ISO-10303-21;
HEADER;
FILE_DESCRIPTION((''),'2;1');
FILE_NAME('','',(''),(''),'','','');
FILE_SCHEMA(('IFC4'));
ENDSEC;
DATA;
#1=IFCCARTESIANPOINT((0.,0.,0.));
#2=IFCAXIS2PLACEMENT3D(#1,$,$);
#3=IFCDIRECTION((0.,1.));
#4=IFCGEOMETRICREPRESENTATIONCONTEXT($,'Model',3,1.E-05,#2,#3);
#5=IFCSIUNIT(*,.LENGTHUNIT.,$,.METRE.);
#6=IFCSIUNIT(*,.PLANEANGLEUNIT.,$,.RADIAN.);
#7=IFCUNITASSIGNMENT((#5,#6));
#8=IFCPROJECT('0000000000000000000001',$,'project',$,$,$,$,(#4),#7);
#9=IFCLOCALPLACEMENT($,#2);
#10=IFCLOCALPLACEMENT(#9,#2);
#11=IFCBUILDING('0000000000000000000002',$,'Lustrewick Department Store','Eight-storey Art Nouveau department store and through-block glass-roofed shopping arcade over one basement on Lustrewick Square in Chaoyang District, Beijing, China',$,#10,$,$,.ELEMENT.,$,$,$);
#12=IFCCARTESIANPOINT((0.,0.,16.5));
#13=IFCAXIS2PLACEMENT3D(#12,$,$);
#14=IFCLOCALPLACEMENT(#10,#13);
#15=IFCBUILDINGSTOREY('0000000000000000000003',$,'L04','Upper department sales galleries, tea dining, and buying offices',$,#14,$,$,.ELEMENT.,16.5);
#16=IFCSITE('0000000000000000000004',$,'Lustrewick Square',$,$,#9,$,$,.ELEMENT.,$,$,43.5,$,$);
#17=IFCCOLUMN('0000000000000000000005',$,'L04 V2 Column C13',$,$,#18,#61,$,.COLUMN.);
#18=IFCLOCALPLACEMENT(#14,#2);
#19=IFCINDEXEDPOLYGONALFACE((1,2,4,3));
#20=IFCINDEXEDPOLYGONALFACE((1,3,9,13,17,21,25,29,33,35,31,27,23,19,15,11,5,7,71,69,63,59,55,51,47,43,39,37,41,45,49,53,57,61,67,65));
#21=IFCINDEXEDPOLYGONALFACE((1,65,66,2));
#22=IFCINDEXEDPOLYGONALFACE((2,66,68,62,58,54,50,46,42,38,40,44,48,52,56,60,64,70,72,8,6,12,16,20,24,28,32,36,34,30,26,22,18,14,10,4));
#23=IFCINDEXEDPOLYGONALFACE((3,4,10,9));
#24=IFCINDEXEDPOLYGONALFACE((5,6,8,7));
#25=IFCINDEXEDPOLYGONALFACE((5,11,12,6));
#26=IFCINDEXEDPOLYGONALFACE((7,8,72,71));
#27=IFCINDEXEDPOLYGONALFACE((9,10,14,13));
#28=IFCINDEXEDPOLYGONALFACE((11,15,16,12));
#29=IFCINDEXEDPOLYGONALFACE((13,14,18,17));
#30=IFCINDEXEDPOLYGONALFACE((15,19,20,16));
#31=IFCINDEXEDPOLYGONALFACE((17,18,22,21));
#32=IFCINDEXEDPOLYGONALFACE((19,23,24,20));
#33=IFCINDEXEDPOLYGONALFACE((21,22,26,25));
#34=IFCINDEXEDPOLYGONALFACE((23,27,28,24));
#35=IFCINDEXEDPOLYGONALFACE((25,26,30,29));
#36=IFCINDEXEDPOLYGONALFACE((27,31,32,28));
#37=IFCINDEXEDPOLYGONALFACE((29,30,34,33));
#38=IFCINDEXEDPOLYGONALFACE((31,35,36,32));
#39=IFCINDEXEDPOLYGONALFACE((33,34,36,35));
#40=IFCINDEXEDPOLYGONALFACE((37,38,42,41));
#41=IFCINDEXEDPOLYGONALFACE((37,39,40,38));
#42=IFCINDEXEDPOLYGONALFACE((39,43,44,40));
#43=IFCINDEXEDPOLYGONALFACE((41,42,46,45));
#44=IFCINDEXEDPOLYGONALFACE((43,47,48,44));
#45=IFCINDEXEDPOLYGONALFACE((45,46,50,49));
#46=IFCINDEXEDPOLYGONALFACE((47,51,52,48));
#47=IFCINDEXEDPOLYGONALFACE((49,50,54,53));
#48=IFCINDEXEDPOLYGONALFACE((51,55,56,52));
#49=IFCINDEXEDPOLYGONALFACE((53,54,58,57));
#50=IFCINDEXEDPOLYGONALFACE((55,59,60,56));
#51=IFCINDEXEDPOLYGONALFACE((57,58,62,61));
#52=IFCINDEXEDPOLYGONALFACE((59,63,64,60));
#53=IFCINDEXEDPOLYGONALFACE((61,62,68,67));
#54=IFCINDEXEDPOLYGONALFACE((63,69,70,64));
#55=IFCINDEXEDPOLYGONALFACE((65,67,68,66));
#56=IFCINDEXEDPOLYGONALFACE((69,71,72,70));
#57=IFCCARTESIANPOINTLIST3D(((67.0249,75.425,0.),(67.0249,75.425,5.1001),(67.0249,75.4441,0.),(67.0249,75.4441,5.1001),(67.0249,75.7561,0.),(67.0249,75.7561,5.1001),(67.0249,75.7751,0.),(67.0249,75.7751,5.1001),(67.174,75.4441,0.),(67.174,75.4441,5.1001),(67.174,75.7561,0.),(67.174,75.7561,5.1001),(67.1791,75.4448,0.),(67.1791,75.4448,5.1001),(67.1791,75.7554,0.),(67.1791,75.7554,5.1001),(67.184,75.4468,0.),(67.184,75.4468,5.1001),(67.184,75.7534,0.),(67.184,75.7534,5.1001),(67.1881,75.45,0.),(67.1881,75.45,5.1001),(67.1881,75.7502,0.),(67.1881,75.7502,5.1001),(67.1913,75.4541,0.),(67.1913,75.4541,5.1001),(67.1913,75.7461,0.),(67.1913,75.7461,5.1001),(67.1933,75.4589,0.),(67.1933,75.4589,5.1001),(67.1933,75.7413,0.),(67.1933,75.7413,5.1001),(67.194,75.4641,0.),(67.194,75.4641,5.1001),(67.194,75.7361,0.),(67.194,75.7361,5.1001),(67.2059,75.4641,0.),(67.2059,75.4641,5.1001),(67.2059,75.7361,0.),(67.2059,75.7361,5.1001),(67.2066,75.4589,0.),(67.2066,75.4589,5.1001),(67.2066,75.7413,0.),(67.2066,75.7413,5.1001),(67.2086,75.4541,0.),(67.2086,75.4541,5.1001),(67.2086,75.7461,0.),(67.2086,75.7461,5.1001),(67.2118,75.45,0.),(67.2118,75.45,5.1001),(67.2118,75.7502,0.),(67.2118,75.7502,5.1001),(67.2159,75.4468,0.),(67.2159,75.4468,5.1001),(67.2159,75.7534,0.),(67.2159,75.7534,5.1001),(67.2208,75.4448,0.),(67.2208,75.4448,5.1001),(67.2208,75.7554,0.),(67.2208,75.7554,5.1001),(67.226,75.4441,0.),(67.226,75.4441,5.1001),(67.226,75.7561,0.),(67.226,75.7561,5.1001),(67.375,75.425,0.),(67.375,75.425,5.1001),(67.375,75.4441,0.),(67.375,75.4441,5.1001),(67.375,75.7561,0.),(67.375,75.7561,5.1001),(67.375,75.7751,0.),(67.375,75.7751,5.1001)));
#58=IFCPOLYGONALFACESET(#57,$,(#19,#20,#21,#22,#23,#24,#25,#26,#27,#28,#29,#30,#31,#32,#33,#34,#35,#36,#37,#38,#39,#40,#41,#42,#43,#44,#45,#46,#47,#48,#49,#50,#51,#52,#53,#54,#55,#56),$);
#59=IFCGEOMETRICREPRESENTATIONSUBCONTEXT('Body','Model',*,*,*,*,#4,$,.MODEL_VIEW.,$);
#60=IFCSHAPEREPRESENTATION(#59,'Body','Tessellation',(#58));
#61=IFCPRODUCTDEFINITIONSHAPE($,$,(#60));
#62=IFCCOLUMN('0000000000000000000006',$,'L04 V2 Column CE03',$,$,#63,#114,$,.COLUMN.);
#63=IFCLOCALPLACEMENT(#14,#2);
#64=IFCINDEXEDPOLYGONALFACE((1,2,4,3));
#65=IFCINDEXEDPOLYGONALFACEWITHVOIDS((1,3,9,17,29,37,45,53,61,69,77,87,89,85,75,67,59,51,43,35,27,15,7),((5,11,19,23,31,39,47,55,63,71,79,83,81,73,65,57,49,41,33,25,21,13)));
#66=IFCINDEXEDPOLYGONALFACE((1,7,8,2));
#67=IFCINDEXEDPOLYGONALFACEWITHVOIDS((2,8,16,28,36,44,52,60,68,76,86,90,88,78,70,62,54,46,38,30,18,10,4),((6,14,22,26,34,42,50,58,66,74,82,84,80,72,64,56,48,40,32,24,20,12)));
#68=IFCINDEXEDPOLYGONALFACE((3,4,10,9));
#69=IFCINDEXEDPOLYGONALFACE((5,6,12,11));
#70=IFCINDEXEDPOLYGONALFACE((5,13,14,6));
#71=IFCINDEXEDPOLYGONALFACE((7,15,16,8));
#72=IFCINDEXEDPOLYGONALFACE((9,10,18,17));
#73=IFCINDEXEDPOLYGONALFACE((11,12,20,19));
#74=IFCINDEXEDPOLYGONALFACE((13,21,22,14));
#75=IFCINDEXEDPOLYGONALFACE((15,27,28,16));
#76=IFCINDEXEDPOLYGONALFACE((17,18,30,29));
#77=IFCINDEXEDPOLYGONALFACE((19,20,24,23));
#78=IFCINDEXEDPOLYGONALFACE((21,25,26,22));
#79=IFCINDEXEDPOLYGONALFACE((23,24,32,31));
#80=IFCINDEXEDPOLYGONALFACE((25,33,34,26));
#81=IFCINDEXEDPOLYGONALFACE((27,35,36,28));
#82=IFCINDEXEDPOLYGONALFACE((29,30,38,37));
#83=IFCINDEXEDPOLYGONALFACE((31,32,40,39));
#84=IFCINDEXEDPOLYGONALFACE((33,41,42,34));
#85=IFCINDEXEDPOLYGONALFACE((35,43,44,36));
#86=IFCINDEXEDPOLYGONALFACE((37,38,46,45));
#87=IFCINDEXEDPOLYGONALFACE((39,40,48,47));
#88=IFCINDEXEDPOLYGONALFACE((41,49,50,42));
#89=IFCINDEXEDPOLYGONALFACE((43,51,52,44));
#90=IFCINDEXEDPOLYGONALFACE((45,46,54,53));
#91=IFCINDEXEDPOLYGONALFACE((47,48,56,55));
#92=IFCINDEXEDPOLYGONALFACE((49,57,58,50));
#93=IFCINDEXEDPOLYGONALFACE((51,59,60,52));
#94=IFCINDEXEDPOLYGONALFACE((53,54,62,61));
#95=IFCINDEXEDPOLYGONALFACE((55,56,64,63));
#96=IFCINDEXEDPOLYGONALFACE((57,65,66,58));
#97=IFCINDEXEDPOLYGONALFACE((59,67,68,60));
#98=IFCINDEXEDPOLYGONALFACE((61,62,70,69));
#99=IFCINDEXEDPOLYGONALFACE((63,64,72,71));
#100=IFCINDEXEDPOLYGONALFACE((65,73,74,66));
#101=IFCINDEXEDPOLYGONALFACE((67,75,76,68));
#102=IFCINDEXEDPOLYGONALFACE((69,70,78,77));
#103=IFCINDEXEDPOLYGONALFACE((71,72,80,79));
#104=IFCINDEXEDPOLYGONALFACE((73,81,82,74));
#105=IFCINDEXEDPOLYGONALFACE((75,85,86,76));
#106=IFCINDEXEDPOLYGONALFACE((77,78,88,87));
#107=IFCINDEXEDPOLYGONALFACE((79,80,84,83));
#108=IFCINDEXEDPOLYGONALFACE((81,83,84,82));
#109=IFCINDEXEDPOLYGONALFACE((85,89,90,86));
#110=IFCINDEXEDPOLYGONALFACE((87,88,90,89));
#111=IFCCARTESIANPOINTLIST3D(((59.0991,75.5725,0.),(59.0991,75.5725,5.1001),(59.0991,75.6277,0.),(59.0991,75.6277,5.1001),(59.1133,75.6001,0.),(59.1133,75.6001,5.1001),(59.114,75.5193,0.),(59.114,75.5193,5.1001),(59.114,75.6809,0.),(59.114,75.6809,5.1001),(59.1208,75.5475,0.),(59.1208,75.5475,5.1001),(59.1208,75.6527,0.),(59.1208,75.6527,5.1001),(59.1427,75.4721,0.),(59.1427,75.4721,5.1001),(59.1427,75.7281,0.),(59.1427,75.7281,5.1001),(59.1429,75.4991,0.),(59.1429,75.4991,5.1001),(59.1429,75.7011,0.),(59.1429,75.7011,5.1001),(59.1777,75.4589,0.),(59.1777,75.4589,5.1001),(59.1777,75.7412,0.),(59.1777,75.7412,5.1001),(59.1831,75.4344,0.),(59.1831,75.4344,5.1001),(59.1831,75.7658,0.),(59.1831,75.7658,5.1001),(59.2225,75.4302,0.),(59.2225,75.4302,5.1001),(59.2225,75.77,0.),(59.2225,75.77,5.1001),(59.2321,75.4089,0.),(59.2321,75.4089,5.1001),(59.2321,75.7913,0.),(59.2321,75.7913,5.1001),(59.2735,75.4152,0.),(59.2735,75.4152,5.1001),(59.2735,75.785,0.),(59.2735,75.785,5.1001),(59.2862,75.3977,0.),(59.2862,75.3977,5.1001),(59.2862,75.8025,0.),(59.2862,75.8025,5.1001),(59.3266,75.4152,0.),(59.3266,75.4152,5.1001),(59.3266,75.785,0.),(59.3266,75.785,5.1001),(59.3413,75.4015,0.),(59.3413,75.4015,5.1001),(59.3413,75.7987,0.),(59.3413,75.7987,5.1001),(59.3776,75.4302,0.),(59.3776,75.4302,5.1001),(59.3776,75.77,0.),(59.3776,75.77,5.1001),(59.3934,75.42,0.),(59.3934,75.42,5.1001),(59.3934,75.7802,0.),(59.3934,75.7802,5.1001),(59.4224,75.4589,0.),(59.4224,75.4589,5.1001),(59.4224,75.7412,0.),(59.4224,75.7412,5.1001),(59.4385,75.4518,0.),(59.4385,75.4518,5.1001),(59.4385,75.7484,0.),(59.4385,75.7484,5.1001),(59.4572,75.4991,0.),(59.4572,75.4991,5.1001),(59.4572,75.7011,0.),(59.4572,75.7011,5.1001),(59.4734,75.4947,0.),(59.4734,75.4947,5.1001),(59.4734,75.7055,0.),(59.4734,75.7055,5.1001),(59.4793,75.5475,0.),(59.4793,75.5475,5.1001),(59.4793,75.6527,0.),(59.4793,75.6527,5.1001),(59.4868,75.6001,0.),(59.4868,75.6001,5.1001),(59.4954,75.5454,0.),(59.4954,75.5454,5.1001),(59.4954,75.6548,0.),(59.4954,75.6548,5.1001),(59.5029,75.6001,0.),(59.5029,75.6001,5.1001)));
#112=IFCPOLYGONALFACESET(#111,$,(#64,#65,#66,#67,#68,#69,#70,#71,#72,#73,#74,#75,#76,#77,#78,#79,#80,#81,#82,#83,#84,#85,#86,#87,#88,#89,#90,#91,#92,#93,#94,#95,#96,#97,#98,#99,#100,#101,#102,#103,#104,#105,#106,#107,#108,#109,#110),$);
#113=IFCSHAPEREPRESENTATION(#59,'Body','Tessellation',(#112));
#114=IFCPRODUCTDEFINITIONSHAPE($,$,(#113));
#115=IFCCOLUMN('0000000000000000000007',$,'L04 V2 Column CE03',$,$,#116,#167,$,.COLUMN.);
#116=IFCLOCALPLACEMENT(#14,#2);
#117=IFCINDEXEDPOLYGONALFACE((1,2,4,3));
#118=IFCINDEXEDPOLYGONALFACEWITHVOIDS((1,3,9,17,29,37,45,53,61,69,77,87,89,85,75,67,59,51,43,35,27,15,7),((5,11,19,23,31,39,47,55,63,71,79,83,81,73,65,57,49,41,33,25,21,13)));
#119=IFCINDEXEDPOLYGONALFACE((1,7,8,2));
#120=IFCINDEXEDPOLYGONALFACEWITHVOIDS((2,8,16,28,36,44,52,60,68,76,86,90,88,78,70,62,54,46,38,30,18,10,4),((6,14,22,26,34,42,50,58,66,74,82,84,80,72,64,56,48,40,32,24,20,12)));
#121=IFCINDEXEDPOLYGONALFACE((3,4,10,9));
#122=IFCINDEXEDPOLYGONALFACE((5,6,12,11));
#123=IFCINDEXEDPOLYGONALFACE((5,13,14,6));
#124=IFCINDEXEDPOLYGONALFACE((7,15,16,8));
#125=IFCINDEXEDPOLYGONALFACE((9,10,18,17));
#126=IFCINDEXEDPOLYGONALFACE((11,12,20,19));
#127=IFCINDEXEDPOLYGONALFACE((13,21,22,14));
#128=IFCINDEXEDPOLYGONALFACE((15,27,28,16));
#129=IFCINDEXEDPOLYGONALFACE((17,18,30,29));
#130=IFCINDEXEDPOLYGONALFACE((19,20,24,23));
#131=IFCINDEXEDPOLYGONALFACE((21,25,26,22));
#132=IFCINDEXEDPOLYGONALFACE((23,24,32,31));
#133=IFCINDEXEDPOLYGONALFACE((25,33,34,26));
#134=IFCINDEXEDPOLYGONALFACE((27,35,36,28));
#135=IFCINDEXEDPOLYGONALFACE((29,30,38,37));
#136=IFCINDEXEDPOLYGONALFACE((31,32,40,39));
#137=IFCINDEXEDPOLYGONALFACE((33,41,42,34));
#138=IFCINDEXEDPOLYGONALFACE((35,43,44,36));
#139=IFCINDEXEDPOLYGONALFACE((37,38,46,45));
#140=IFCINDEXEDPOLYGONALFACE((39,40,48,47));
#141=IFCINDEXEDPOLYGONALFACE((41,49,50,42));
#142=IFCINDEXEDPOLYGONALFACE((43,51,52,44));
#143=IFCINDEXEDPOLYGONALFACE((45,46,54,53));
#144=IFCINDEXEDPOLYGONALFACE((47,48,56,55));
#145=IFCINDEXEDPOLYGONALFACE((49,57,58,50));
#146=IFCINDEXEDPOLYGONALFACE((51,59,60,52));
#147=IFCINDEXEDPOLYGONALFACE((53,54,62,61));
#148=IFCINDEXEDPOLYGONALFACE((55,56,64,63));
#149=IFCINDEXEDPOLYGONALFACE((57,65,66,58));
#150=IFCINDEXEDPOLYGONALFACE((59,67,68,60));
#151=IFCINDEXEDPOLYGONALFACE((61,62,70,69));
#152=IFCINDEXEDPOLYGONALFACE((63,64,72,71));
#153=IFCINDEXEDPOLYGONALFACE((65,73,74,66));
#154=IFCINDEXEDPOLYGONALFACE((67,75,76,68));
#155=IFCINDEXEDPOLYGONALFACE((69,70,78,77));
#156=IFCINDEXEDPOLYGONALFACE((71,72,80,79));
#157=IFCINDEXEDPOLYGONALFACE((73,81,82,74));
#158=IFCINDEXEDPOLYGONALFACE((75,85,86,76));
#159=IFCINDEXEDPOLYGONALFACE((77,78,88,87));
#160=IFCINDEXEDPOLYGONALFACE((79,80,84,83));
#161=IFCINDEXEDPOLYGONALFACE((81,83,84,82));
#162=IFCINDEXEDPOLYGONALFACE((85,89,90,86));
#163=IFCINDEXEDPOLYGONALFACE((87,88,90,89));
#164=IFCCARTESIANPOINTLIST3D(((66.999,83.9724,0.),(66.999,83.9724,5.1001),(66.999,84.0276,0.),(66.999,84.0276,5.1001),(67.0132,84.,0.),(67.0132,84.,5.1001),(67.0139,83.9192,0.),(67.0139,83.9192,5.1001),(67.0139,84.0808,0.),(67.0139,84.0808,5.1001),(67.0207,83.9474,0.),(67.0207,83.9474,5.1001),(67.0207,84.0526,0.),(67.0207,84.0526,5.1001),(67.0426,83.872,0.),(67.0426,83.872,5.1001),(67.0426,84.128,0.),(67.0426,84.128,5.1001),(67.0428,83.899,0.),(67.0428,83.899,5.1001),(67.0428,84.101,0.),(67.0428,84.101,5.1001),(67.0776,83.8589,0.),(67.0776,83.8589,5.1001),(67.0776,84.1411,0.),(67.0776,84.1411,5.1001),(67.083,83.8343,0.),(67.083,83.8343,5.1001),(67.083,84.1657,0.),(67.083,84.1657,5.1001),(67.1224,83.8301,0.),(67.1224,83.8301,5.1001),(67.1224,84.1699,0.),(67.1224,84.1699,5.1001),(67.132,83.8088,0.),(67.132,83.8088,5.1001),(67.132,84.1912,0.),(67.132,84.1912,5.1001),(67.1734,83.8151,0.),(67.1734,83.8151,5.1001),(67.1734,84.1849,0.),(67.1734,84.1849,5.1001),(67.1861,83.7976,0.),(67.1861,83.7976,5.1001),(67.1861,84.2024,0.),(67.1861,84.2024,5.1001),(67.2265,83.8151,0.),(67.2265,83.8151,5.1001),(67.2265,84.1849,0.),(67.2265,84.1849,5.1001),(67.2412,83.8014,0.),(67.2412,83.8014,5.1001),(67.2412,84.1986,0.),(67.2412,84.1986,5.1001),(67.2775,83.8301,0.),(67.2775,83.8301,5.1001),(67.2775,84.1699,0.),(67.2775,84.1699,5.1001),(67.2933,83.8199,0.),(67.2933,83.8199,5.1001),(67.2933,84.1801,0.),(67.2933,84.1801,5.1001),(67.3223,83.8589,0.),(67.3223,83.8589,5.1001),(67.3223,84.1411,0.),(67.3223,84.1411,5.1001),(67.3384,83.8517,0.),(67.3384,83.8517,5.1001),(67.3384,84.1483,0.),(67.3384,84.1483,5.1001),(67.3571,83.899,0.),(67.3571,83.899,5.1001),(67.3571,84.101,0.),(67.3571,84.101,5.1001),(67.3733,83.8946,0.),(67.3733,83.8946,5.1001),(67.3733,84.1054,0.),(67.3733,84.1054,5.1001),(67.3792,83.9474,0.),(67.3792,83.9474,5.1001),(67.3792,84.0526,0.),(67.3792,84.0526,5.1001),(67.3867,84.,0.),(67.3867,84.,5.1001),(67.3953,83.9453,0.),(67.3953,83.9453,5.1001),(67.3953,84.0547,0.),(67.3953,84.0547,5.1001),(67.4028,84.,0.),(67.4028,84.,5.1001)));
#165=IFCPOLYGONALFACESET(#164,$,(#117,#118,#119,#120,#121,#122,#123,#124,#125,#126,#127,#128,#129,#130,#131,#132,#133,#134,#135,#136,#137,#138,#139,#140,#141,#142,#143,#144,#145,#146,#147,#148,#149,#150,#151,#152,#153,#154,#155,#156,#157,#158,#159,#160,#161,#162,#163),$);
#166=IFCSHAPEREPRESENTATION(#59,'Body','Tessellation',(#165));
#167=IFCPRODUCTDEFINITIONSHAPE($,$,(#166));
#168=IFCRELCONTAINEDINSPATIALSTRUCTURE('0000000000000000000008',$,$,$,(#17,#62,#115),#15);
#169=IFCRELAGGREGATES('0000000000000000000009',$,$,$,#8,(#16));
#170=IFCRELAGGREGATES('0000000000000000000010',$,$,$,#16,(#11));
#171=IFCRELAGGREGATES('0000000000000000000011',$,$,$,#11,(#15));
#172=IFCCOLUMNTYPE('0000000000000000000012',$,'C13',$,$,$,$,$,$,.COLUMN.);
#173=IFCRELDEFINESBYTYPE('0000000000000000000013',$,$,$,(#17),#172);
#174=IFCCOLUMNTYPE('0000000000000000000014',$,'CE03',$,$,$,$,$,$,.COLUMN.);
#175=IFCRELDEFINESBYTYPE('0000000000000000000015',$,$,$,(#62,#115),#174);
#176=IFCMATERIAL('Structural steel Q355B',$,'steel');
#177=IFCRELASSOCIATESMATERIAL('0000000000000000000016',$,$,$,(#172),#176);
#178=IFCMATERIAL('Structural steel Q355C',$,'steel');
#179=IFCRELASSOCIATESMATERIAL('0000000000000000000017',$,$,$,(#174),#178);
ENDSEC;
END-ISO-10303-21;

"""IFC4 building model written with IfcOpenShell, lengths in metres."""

from ifc_helpers import new_model, si_unit, direction, frame, origin, origin_2d, place, context, subcontext, project, spatial, hollow_circle, i_section, extrude, material, material_profile, profile_set, type_object, element, save


model = new_model("IFC4")

# Units and contexts
model_context = context("Model", 3, precision=1e-05, world=origin(), true_north=direction((0.0, 1.0)))
body_context = subcontext(model_context, "Body", "Model", "MODEL_VIEW")
ifc_project = project(units=[si_unit("LENGTHUNIT", "METRE"), si_unit("PLANEANGLEUNIT", "RADIAN")], contexts=[model_context])

# Site, building, storey
site_placement = place(None, origin())
site = spatial("IfcSite", under=ifc_project, at=site_placement, Name="Lustrewick Square", CompositionType="ELEMENT", RefElevation=43.5)
building_placement = place(site_placement, origin())
building = spatial("IfcBuilding", under=site, at=building_placement, Name="Lustrewick Department Store", Description="Eight-storey Art Nouveau department store and through-block glass-roofed shopping arcade over one basement on Lustrewick Square in Chaoyang District, Beijing, China", CompositionType="ELEMENT")
storey_placement = place(building_placement, frame((0.0, 0.0, 16.5)))
storey = spatial("IfcBuildingStorey", under=building, at=storey_placement, Name="L04", Description="Upper department sales galleries, tea dining, and buying offices", CompositionType="ELEMENT", Elevation=16.5)

# Columns
ifc_material_1 = material(Name="Structural steel Q355B", Category="steel")
ifc_material_profile_1 = material_profile(ifc_material_1, i_section(OverallWidth=0.3501, OverallDepth=0.3501, WebThickness=0.012, FlangeThickness=0.019, FilletRadius=0.02, at=origin_2d()), Name="HW 350x350x12x19")
ifc_profile_set_1 = profile_set([ifc_material_profile_1], Name="Structural steel Q355B")
column_type_1 = type_object("IfcColumnType", Name="C13", PredefinedType="COLUMN", material=ifc_profile_set_1)
column_1_placement = place(storey_placement, frame((67.2, 75.6001, 0.0), z_axis=(0.0, 0.0, 1.0), x_axis=(1.0, 0.0, 0.0)))
element("IfcColumn", 1, at=column_1_placement, inside=storey, type_object=column_type_1, Name="L04 V2 Column C13", PredefinedType="COLUMN", context=body_context, shape_type="SweptSolid", body=[
    extrude(i_section(OverallWidth=0.3501, OverallDepth=0.3501, WebThickness=0.012, FlangeThickness=0.019, FilletRadius=0.02, at=origin_2d()), origin(), (0.0, 0.0, 1.0), 5.1001),
])
ifc_material_2 = material(Name="Structural steel Q355C", Category="steel")
ifc_material_profile_2 = material_profile(ifc_material_2, hollow_circle(Radius=0.2029, WallThickness=0.0161, at=origin_2d()), Name="CHS 406x16")
ifc_profile_set_2 = profile_set([ifc_material_profile_2], Name="Structural steel Q355C")
column_type_2 = type_object("IfcColumnType", Name="CE03", PredefinedType="COLUMN", material=ifc_profile_set_2)
for number, where, z_axis, x_axis, name in (
    (2, (59.3, 75.6001, 0.0), (0.0, 0.0, 1.0), (1.0, 0.0, 0.0), "L04 V2 Column CE03"),
    (3, (67.2, 84.0, 0.0), (0.0, 0.0, 1.0), (1.0, 0.0, 0.0), "L04 V2 Column CE03"),
):
    element("IfcColumn", number, at=place(storey_placement, frame(where, z_axis=z_axis, x_axis=x_axis)), inside=storey, type_object=column_type_2, Name=name, PredefinedType="COLUMN", context=body_context, shape_type="SweptSolid", body=[
        extrude(hollow_circle(Radius=0.2029, WallThickness=0.0161, at=origin_2d()), origin(), (0.0, 0.0, 1.0), 5.1001),
    ])

save(model, "model.ifc")
